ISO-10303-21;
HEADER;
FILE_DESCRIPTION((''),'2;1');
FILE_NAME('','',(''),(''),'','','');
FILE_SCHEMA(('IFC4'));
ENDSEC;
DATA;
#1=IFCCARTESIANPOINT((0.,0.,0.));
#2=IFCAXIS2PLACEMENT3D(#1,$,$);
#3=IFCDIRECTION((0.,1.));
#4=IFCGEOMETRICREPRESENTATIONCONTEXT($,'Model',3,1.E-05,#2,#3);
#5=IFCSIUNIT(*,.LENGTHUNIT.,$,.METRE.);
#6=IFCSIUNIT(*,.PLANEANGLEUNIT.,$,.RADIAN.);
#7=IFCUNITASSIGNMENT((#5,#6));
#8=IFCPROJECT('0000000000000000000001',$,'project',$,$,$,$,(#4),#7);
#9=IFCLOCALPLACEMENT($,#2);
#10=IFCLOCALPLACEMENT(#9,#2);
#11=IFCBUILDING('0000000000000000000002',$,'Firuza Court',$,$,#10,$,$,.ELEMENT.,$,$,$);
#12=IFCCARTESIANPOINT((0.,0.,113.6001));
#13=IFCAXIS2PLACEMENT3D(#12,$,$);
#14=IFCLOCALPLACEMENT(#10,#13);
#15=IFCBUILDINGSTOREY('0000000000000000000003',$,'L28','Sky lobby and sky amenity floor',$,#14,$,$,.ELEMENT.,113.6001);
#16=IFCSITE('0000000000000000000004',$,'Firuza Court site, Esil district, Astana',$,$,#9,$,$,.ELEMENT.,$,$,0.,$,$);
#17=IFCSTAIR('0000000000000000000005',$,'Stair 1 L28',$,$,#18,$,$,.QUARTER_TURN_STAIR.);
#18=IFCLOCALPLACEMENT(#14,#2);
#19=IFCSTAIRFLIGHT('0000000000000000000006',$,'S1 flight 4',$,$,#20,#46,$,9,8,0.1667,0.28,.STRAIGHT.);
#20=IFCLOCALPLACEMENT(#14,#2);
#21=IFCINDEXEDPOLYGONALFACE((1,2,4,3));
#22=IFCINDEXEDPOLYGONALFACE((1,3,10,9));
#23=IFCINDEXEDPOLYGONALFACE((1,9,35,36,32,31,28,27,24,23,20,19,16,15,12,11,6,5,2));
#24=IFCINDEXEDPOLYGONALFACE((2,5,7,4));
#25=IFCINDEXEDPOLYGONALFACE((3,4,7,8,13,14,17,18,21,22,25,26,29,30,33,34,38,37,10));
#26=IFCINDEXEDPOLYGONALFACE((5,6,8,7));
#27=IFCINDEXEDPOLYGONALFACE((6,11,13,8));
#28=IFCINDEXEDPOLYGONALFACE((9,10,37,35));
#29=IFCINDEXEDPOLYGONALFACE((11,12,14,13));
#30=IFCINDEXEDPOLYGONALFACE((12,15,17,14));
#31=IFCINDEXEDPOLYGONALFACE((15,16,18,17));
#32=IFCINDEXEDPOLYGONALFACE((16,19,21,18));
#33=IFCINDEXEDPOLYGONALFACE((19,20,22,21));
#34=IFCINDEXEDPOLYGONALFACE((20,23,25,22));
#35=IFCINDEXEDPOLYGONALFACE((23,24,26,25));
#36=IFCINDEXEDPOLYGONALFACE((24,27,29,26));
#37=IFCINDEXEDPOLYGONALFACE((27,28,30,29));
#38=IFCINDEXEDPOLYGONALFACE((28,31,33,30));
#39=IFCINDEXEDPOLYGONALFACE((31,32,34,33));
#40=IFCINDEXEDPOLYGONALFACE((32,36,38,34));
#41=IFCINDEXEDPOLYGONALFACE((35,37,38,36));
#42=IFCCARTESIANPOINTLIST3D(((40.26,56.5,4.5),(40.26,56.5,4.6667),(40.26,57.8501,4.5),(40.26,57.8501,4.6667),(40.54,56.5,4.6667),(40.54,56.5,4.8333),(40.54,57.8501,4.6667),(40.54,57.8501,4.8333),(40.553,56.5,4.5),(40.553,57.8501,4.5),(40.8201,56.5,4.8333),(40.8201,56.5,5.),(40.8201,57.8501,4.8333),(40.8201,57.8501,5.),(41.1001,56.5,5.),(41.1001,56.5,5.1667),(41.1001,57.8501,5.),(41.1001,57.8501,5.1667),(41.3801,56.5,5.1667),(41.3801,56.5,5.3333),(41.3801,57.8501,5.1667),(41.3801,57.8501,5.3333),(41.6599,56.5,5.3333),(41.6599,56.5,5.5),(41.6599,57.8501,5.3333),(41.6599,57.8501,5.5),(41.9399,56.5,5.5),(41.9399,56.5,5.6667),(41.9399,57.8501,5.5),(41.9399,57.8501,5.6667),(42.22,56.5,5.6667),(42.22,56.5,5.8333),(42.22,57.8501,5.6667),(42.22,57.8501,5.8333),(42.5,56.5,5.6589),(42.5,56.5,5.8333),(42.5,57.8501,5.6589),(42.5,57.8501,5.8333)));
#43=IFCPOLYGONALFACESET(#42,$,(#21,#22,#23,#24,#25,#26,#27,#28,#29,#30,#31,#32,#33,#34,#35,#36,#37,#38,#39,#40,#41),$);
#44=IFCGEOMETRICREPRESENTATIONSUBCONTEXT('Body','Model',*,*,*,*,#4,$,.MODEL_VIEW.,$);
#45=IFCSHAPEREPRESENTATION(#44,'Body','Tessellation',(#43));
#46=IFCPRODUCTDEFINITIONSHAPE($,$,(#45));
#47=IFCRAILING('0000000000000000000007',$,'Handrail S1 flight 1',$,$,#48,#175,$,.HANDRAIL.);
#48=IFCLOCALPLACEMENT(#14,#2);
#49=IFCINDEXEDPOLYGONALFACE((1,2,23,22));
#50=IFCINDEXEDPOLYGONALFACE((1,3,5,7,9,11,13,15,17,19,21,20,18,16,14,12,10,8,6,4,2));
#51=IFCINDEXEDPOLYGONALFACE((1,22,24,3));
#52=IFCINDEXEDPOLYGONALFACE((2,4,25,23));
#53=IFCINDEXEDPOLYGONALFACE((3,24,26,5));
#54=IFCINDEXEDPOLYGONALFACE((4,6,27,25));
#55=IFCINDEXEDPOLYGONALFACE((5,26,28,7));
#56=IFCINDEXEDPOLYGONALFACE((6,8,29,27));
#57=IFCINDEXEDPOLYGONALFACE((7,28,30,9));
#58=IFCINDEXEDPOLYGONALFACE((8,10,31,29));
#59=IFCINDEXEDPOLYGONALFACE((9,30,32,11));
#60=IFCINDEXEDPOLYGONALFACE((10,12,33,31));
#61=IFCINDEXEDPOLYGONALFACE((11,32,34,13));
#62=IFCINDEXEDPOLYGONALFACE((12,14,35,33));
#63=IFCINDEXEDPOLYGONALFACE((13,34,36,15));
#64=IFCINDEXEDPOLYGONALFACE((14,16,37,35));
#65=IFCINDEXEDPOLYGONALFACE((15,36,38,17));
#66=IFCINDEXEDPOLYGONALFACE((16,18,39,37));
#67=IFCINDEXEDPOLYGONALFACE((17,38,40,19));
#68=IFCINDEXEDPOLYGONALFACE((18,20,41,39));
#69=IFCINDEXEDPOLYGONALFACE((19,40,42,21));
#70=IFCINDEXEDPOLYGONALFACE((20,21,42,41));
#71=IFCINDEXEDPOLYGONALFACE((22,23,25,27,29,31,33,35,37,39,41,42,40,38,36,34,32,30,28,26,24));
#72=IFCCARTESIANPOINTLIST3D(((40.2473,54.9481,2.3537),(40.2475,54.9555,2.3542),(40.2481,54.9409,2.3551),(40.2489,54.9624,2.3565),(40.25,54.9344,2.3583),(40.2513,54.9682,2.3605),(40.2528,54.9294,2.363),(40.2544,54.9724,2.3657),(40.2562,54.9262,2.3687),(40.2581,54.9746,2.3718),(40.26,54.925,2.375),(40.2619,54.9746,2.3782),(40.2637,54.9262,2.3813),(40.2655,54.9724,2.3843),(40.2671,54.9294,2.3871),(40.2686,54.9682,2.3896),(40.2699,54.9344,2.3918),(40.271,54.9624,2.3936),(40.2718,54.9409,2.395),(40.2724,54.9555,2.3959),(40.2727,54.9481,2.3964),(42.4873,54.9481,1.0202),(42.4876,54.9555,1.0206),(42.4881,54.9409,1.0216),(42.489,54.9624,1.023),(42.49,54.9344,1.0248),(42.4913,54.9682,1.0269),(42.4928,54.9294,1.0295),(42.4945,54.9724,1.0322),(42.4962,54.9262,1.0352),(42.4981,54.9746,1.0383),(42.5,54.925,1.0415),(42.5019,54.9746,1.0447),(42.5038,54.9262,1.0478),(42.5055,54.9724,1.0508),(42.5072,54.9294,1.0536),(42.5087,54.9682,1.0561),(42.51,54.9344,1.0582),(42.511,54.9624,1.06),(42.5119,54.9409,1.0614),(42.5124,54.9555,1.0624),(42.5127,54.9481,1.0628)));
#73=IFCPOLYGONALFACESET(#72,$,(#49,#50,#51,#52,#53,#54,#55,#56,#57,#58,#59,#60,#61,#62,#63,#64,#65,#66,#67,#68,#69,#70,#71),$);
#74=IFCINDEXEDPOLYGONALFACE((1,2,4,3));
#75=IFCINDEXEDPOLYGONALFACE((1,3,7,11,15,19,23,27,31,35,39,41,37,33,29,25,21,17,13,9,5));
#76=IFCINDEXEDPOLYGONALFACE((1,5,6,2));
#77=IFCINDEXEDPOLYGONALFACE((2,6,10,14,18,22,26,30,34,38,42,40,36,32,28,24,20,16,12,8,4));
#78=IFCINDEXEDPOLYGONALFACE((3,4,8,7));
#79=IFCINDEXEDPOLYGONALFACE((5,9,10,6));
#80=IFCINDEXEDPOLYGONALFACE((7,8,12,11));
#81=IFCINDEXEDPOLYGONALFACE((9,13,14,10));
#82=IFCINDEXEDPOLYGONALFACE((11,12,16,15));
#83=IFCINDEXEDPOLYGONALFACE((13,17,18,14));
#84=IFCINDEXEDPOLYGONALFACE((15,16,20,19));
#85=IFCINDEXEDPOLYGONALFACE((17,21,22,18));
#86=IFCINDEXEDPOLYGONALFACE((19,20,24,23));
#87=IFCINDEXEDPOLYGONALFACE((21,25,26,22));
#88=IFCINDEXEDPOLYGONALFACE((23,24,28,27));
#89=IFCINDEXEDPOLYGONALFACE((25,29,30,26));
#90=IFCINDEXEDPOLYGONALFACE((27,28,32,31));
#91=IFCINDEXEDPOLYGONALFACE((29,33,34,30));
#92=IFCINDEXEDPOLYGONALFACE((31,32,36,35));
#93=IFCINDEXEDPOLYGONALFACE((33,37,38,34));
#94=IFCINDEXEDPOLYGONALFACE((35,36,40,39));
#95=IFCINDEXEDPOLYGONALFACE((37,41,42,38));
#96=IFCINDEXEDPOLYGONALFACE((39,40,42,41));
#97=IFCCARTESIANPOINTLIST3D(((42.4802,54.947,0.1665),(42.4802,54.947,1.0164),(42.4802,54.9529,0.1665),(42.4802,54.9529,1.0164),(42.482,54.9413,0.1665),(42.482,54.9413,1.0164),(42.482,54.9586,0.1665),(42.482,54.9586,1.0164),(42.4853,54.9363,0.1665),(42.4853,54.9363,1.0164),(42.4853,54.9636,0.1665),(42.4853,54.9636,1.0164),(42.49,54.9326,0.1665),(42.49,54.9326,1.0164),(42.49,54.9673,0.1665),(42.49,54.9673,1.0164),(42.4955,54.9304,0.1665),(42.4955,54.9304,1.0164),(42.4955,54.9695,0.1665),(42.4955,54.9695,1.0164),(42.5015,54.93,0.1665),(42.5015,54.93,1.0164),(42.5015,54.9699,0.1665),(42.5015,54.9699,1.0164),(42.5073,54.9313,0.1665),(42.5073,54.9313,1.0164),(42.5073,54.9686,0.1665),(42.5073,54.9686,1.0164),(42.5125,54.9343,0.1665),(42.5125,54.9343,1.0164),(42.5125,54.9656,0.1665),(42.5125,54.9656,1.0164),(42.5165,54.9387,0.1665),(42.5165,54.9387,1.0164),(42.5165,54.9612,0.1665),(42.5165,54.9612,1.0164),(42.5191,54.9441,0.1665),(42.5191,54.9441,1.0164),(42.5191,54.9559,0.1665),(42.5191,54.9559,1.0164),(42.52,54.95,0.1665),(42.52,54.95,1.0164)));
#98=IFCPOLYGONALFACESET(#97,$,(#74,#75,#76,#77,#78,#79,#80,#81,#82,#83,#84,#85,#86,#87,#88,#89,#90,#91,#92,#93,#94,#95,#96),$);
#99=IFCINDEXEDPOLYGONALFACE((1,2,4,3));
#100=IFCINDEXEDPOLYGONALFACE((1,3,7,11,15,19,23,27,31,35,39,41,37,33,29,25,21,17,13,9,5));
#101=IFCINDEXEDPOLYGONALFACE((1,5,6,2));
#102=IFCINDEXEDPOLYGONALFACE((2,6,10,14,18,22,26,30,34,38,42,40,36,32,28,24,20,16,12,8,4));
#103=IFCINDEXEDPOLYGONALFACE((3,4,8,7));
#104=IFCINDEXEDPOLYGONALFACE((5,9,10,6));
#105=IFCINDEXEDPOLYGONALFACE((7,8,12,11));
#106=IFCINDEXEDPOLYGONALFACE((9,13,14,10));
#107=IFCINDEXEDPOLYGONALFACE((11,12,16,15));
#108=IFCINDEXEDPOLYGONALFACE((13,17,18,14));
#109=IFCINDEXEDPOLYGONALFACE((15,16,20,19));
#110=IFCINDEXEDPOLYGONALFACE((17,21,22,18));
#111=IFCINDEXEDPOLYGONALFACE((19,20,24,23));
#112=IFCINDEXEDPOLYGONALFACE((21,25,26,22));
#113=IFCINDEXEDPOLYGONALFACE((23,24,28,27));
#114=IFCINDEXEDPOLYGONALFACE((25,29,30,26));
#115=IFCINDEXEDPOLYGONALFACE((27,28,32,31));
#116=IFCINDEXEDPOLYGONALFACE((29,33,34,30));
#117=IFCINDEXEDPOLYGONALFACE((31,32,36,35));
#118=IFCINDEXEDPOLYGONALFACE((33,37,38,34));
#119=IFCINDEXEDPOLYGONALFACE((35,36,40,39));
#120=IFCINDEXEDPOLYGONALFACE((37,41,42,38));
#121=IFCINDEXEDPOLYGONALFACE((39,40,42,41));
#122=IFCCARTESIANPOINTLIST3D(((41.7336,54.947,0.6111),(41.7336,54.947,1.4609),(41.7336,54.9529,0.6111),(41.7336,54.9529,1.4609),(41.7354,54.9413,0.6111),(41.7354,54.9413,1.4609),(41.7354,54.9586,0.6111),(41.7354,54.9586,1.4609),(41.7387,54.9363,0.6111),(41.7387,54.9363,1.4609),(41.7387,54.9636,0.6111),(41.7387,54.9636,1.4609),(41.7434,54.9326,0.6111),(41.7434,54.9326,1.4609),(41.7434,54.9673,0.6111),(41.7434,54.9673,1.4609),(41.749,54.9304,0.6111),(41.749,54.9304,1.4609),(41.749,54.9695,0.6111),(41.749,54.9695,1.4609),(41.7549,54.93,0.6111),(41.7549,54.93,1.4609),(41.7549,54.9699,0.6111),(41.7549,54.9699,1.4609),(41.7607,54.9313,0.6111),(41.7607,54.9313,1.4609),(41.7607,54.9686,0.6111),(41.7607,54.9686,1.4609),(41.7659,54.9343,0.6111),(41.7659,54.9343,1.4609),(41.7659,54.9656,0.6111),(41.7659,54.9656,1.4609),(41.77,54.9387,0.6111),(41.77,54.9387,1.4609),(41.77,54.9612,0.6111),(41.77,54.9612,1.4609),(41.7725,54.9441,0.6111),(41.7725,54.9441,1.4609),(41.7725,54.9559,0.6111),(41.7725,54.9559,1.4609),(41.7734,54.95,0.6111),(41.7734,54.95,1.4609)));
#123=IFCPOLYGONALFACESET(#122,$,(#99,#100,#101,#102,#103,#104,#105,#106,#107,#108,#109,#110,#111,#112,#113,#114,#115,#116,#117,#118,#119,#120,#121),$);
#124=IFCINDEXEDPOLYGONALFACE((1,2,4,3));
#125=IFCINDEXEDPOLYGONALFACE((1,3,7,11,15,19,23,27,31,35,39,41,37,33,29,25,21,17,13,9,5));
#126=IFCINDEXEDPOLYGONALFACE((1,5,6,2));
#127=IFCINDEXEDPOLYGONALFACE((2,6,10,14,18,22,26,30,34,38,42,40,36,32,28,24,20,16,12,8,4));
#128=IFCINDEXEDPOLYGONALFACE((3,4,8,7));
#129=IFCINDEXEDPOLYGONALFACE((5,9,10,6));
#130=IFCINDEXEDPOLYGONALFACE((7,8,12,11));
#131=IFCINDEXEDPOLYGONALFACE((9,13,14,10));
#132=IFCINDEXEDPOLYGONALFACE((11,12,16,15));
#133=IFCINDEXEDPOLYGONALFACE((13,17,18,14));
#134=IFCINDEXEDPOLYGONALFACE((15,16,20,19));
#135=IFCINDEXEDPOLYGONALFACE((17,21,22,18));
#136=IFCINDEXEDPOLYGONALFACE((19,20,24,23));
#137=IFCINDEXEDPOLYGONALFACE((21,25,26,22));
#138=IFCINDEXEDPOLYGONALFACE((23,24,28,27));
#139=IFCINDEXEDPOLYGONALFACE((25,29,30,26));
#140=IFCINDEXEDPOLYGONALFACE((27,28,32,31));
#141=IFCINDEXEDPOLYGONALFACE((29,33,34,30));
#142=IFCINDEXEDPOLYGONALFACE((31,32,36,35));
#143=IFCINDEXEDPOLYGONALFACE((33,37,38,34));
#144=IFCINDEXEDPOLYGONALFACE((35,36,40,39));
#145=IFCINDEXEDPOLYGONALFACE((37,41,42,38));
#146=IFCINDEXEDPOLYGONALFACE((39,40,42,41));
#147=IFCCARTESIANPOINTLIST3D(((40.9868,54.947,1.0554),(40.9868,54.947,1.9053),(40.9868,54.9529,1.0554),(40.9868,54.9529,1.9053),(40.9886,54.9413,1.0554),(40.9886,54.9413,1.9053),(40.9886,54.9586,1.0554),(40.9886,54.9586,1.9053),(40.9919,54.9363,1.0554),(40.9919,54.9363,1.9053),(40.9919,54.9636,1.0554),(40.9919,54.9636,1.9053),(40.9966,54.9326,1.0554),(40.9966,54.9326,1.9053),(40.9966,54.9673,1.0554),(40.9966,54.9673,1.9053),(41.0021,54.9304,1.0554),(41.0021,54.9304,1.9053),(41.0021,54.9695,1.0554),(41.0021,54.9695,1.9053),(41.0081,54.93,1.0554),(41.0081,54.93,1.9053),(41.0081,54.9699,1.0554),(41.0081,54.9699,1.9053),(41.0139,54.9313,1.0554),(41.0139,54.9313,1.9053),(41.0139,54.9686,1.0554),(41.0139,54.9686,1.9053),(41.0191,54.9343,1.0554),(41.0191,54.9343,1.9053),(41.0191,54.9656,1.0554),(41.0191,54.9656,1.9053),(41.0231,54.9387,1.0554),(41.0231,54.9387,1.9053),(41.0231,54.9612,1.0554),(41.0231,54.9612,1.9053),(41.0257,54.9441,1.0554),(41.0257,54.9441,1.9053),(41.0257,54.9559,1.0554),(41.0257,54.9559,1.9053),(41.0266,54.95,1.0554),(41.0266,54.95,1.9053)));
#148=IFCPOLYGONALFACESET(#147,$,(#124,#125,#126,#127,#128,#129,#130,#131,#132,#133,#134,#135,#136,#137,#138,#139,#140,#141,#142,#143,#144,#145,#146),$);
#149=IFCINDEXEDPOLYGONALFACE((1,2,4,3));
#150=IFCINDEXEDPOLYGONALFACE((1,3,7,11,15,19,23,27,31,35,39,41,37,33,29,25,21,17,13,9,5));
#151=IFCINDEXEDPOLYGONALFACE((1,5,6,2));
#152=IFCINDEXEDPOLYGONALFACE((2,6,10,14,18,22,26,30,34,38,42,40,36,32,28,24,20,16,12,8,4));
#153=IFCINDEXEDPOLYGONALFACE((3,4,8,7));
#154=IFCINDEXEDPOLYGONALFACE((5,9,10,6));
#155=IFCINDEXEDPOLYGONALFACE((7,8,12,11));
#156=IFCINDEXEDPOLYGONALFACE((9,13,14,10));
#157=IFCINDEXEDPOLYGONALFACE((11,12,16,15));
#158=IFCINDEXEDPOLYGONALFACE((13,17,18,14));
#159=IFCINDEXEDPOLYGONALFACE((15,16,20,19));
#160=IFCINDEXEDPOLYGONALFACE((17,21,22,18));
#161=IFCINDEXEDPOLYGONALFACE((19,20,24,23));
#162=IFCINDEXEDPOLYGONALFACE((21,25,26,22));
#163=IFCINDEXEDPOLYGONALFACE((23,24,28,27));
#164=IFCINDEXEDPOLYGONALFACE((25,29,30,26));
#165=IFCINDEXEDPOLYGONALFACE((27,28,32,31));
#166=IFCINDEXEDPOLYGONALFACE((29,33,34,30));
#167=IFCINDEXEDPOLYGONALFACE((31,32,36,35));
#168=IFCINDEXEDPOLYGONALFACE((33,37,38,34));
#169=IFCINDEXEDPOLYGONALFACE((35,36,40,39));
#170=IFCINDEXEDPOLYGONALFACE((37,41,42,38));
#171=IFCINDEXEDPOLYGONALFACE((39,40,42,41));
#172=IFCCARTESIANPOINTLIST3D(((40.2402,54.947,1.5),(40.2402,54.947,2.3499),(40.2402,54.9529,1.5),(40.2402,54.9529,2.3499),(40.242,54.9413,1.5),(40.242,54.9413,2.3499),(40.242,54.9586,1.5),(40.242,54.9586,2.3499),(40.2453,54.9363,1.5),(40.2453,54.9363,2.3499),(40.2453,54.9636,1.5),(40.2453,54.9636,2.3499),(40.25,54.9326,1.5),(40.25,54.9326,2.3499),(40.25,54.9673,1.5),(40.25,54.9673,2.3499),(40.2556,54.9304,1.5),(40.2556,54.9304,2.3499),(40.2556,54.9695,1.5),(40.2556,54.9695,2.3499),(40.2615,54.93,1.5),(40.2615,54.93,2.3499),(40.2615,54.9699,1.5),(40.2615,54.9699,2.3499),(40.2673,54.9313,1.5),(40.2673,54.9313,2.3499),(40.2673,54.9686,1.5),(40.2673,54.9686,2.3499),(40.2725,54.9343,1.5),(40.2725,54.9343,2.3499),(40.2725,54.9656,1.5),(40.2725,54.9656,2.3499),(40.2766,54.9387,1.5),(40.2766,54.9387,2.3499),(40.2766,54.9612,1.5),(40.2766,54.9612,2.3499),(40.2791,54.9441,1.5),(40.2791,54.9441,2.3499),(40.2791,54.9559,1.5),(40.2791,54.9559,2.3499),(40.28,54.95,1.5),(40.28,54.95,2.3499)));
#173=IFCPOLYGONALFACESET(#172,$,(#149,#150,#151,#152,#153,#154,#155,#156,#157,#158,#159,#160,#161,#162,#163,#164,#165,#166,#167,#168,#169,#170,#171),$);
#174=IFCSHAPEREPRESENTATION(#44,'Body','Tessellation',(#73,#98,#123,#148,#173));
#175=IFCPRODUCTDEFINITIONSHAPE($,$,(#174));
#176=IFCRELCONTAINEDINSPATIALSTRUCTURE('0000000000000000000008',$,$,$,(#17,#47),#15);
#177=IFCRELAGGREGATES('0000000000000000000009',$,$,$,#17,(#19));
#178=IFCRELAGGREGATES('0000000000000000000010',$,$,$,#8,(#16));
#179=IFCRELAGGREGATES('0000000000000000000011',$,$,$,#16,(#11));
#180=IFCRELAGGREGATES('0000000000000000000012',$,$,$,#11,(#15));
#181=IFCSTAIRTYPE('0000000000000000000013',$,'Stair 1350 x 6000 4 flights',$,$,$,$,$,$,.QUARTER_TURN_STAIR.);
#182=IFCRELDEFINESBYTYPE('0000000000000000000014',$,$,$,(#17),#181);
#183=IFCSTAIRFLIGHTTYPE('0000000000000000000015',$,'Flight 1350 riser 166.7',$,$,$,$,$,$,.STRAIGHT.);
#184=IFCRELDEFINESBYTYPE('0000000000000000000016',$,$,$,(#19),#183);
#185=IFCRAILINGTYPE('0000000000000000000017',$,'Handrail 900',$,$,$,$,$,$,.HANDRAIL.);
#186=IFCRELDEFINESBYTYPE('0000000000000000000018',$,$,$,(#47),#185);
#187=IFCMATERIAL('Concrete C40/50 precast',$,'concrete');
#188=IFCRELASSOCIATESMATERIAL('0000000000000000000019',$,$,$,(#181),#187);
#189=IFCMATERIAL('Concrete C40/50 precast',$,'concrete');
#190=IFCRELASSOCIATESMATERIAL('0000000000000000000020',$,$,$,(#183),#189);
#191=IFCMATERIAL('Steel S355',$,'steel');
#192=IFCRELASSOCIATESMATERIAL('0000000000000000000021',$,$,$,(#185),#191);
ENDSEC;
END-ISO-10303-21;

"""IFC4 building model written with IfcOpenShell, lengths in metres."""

from ifc_helpers import new_model, si_unit, direction, frame, origin, origin_2d, place, context, subcontext, project, spatial, polyline, circle, outline, extrude, material, type_object, element, aggregate, save


model = new_model("IFC4")

# Units and contexts
model_context = context("Model", 3, precision=1e-05, world=origin(), true_north=direction((0.0, 1.0)))
body_context = subcontext(model_context, "Body", "Model", "MODEL_VIEW")
ifc_project = project(units=[si_unit("LENGTHUNIT", "METRE"), si_unit("PLANEANGLEUNIT", "RADIAN")], contexts=[model_context])

# Site, building, storey
site_placement = place(None, origin())
site = spatial("IfcSite", under=ifc_project, at=site_placement, Name="Firuza Court site, Esil district, Astana", CompositionType="ELEMENT", RefElevation=0.0)
building_placement = place(site_placement, origin())
building = spatial("IfcBuilding", under=site, at=building_placement, Name="Firuza Court", CompositionType="ELEMENT")
storey_placement = place(building_placement, frame((0.0, 0.0, 113.6001)))
storey = spatial("IfcBuildingStorey", under=building, at=storey_placement, Name="L28", Description="Sky lobby and sky amenity floor", CompositionType="ELEMENT", Elevation=113.6001)

# Stair, stair flight
ifc_material_1 = material(Name="Concrete C40/50 precast", Category="concrete")
stair_type = type_object("IfcStairType", Name="Stair 1350 x 6000 4 flights", PredefinedType="QUARTER_TURN_STAIR", material=ifc_material_1)
stair_placement = place(storey_placement, origin())
stair = element("IfcStair", 1, at=stair_placement, inside=storey, type_object=stair_type, Name="Stair 1 L28", PredefinedType="QUARTER_TURN_STAIR")
ifc_material_2 = material(Name="Concrete C40/50 precast", Category="concrete")
stair_flight_type = type_object("IfcStairFlightType", Name="Flight 1350 riser 166.7", PredefinedType="STRAIGHT", material=ifc_material_2)
stair_flight_1_placement = place(storey_placement, frame((40.26, 57.175, 4.5), z_axis=(0.0, 0.0, 1.0), x_axis=(1.0, 0.0, 0.0)))
stair_flight_1 = element("IfcStairFlight", 2, at=stair_flight_1_placement, type_object=stair_flight_type, Name="S1 flight 4", NumberOfRisers=9, NumberOfTreads=8, PredefinedType="STRAIGHT", RiserHeight=0.1667, TreadLength=0.28, context=body_context, shape_type="SweptSolid", body=[
    extrude(outline(polyline([(0.0, 0.0), (0.0, 0.1667), (0.28, 0.1667), (0.28, 0.3333), (0.5601, 0.3333), (0.5601, 0.5), (0.8401, 0.5), (0.8401, 0.6667), (1.1201, 0.6667), (1.1201, 0.8333), (1.3999, 0.8333), (1.3999, 1.0), (1.6799, 1.0), (1.6799, 1.1667), (1.96, 1.1667), (1.96, 1.3333), (2.24, 1.3333), (2.24, 1.5), (2.24, 1.1589), (0.293, 0.0), (0.0, 0.0)])), frame((0.0, 0.675, 0.0), z_axis=(0.0, -1.0, 0.0), x_axis=(1.0, 0.0, 0.0)), (0.0, 0.0, 1.0), 1.3501),
])
aggregate(stair, [stair_flight_1])

# Railing
ifc_material_3 = material(Name="Steel S355", Category="steel")
railing_type_1 = type_object("IfcRailingType", Name="Handrail 900", PredefinedType="HANDRAIL", material=ifc_material_3)
railing_1_placement = place(storey_placement, frame((42.5, 54.95, 0.1665)))
element("IfcRailing", 3, at=railing_1_placement, inside=storey, type_object=railing_type_1, Name="Handrail S1 flight 1", PredefinedType="HANDRAIL", context=body_context, shape_type="SweptSolid", body=[
    extrude(circle(Radius=0.0249, at=origin_2d()), frame((0.0, 0.0, 0.875), z_axis=(-0.859264, 0.0, 0.511532), x_axis=(0.0, -1.0, 0.0)), (0.0, 0.0, 1.0), 2.6069),
    extrude(circle(Radius=0.02, at=origin_2d()), origin(), (0.0, 0.0, 1.0), 0.8499),
    extrude(circle(Radius=0.02, at=origin_2d()), frame((-0.7466, 0.0, 0.4446)), (0.0, 0.0, 1.0), 0.8499),
    extrude(circle(Radius=0.02, at=origin_2d()), frame((-1.4934, 0.0, 0.8889)), (0.0, 0.0, 1.0), 0.8499),
    extrude(circle(Radius=0.02, at=origin_2d()), frame((-2.24, 0.0, 1.3335)), (0.0, 0.0, 1.0), 0.8499),
])

save(model, "model.ifc")
